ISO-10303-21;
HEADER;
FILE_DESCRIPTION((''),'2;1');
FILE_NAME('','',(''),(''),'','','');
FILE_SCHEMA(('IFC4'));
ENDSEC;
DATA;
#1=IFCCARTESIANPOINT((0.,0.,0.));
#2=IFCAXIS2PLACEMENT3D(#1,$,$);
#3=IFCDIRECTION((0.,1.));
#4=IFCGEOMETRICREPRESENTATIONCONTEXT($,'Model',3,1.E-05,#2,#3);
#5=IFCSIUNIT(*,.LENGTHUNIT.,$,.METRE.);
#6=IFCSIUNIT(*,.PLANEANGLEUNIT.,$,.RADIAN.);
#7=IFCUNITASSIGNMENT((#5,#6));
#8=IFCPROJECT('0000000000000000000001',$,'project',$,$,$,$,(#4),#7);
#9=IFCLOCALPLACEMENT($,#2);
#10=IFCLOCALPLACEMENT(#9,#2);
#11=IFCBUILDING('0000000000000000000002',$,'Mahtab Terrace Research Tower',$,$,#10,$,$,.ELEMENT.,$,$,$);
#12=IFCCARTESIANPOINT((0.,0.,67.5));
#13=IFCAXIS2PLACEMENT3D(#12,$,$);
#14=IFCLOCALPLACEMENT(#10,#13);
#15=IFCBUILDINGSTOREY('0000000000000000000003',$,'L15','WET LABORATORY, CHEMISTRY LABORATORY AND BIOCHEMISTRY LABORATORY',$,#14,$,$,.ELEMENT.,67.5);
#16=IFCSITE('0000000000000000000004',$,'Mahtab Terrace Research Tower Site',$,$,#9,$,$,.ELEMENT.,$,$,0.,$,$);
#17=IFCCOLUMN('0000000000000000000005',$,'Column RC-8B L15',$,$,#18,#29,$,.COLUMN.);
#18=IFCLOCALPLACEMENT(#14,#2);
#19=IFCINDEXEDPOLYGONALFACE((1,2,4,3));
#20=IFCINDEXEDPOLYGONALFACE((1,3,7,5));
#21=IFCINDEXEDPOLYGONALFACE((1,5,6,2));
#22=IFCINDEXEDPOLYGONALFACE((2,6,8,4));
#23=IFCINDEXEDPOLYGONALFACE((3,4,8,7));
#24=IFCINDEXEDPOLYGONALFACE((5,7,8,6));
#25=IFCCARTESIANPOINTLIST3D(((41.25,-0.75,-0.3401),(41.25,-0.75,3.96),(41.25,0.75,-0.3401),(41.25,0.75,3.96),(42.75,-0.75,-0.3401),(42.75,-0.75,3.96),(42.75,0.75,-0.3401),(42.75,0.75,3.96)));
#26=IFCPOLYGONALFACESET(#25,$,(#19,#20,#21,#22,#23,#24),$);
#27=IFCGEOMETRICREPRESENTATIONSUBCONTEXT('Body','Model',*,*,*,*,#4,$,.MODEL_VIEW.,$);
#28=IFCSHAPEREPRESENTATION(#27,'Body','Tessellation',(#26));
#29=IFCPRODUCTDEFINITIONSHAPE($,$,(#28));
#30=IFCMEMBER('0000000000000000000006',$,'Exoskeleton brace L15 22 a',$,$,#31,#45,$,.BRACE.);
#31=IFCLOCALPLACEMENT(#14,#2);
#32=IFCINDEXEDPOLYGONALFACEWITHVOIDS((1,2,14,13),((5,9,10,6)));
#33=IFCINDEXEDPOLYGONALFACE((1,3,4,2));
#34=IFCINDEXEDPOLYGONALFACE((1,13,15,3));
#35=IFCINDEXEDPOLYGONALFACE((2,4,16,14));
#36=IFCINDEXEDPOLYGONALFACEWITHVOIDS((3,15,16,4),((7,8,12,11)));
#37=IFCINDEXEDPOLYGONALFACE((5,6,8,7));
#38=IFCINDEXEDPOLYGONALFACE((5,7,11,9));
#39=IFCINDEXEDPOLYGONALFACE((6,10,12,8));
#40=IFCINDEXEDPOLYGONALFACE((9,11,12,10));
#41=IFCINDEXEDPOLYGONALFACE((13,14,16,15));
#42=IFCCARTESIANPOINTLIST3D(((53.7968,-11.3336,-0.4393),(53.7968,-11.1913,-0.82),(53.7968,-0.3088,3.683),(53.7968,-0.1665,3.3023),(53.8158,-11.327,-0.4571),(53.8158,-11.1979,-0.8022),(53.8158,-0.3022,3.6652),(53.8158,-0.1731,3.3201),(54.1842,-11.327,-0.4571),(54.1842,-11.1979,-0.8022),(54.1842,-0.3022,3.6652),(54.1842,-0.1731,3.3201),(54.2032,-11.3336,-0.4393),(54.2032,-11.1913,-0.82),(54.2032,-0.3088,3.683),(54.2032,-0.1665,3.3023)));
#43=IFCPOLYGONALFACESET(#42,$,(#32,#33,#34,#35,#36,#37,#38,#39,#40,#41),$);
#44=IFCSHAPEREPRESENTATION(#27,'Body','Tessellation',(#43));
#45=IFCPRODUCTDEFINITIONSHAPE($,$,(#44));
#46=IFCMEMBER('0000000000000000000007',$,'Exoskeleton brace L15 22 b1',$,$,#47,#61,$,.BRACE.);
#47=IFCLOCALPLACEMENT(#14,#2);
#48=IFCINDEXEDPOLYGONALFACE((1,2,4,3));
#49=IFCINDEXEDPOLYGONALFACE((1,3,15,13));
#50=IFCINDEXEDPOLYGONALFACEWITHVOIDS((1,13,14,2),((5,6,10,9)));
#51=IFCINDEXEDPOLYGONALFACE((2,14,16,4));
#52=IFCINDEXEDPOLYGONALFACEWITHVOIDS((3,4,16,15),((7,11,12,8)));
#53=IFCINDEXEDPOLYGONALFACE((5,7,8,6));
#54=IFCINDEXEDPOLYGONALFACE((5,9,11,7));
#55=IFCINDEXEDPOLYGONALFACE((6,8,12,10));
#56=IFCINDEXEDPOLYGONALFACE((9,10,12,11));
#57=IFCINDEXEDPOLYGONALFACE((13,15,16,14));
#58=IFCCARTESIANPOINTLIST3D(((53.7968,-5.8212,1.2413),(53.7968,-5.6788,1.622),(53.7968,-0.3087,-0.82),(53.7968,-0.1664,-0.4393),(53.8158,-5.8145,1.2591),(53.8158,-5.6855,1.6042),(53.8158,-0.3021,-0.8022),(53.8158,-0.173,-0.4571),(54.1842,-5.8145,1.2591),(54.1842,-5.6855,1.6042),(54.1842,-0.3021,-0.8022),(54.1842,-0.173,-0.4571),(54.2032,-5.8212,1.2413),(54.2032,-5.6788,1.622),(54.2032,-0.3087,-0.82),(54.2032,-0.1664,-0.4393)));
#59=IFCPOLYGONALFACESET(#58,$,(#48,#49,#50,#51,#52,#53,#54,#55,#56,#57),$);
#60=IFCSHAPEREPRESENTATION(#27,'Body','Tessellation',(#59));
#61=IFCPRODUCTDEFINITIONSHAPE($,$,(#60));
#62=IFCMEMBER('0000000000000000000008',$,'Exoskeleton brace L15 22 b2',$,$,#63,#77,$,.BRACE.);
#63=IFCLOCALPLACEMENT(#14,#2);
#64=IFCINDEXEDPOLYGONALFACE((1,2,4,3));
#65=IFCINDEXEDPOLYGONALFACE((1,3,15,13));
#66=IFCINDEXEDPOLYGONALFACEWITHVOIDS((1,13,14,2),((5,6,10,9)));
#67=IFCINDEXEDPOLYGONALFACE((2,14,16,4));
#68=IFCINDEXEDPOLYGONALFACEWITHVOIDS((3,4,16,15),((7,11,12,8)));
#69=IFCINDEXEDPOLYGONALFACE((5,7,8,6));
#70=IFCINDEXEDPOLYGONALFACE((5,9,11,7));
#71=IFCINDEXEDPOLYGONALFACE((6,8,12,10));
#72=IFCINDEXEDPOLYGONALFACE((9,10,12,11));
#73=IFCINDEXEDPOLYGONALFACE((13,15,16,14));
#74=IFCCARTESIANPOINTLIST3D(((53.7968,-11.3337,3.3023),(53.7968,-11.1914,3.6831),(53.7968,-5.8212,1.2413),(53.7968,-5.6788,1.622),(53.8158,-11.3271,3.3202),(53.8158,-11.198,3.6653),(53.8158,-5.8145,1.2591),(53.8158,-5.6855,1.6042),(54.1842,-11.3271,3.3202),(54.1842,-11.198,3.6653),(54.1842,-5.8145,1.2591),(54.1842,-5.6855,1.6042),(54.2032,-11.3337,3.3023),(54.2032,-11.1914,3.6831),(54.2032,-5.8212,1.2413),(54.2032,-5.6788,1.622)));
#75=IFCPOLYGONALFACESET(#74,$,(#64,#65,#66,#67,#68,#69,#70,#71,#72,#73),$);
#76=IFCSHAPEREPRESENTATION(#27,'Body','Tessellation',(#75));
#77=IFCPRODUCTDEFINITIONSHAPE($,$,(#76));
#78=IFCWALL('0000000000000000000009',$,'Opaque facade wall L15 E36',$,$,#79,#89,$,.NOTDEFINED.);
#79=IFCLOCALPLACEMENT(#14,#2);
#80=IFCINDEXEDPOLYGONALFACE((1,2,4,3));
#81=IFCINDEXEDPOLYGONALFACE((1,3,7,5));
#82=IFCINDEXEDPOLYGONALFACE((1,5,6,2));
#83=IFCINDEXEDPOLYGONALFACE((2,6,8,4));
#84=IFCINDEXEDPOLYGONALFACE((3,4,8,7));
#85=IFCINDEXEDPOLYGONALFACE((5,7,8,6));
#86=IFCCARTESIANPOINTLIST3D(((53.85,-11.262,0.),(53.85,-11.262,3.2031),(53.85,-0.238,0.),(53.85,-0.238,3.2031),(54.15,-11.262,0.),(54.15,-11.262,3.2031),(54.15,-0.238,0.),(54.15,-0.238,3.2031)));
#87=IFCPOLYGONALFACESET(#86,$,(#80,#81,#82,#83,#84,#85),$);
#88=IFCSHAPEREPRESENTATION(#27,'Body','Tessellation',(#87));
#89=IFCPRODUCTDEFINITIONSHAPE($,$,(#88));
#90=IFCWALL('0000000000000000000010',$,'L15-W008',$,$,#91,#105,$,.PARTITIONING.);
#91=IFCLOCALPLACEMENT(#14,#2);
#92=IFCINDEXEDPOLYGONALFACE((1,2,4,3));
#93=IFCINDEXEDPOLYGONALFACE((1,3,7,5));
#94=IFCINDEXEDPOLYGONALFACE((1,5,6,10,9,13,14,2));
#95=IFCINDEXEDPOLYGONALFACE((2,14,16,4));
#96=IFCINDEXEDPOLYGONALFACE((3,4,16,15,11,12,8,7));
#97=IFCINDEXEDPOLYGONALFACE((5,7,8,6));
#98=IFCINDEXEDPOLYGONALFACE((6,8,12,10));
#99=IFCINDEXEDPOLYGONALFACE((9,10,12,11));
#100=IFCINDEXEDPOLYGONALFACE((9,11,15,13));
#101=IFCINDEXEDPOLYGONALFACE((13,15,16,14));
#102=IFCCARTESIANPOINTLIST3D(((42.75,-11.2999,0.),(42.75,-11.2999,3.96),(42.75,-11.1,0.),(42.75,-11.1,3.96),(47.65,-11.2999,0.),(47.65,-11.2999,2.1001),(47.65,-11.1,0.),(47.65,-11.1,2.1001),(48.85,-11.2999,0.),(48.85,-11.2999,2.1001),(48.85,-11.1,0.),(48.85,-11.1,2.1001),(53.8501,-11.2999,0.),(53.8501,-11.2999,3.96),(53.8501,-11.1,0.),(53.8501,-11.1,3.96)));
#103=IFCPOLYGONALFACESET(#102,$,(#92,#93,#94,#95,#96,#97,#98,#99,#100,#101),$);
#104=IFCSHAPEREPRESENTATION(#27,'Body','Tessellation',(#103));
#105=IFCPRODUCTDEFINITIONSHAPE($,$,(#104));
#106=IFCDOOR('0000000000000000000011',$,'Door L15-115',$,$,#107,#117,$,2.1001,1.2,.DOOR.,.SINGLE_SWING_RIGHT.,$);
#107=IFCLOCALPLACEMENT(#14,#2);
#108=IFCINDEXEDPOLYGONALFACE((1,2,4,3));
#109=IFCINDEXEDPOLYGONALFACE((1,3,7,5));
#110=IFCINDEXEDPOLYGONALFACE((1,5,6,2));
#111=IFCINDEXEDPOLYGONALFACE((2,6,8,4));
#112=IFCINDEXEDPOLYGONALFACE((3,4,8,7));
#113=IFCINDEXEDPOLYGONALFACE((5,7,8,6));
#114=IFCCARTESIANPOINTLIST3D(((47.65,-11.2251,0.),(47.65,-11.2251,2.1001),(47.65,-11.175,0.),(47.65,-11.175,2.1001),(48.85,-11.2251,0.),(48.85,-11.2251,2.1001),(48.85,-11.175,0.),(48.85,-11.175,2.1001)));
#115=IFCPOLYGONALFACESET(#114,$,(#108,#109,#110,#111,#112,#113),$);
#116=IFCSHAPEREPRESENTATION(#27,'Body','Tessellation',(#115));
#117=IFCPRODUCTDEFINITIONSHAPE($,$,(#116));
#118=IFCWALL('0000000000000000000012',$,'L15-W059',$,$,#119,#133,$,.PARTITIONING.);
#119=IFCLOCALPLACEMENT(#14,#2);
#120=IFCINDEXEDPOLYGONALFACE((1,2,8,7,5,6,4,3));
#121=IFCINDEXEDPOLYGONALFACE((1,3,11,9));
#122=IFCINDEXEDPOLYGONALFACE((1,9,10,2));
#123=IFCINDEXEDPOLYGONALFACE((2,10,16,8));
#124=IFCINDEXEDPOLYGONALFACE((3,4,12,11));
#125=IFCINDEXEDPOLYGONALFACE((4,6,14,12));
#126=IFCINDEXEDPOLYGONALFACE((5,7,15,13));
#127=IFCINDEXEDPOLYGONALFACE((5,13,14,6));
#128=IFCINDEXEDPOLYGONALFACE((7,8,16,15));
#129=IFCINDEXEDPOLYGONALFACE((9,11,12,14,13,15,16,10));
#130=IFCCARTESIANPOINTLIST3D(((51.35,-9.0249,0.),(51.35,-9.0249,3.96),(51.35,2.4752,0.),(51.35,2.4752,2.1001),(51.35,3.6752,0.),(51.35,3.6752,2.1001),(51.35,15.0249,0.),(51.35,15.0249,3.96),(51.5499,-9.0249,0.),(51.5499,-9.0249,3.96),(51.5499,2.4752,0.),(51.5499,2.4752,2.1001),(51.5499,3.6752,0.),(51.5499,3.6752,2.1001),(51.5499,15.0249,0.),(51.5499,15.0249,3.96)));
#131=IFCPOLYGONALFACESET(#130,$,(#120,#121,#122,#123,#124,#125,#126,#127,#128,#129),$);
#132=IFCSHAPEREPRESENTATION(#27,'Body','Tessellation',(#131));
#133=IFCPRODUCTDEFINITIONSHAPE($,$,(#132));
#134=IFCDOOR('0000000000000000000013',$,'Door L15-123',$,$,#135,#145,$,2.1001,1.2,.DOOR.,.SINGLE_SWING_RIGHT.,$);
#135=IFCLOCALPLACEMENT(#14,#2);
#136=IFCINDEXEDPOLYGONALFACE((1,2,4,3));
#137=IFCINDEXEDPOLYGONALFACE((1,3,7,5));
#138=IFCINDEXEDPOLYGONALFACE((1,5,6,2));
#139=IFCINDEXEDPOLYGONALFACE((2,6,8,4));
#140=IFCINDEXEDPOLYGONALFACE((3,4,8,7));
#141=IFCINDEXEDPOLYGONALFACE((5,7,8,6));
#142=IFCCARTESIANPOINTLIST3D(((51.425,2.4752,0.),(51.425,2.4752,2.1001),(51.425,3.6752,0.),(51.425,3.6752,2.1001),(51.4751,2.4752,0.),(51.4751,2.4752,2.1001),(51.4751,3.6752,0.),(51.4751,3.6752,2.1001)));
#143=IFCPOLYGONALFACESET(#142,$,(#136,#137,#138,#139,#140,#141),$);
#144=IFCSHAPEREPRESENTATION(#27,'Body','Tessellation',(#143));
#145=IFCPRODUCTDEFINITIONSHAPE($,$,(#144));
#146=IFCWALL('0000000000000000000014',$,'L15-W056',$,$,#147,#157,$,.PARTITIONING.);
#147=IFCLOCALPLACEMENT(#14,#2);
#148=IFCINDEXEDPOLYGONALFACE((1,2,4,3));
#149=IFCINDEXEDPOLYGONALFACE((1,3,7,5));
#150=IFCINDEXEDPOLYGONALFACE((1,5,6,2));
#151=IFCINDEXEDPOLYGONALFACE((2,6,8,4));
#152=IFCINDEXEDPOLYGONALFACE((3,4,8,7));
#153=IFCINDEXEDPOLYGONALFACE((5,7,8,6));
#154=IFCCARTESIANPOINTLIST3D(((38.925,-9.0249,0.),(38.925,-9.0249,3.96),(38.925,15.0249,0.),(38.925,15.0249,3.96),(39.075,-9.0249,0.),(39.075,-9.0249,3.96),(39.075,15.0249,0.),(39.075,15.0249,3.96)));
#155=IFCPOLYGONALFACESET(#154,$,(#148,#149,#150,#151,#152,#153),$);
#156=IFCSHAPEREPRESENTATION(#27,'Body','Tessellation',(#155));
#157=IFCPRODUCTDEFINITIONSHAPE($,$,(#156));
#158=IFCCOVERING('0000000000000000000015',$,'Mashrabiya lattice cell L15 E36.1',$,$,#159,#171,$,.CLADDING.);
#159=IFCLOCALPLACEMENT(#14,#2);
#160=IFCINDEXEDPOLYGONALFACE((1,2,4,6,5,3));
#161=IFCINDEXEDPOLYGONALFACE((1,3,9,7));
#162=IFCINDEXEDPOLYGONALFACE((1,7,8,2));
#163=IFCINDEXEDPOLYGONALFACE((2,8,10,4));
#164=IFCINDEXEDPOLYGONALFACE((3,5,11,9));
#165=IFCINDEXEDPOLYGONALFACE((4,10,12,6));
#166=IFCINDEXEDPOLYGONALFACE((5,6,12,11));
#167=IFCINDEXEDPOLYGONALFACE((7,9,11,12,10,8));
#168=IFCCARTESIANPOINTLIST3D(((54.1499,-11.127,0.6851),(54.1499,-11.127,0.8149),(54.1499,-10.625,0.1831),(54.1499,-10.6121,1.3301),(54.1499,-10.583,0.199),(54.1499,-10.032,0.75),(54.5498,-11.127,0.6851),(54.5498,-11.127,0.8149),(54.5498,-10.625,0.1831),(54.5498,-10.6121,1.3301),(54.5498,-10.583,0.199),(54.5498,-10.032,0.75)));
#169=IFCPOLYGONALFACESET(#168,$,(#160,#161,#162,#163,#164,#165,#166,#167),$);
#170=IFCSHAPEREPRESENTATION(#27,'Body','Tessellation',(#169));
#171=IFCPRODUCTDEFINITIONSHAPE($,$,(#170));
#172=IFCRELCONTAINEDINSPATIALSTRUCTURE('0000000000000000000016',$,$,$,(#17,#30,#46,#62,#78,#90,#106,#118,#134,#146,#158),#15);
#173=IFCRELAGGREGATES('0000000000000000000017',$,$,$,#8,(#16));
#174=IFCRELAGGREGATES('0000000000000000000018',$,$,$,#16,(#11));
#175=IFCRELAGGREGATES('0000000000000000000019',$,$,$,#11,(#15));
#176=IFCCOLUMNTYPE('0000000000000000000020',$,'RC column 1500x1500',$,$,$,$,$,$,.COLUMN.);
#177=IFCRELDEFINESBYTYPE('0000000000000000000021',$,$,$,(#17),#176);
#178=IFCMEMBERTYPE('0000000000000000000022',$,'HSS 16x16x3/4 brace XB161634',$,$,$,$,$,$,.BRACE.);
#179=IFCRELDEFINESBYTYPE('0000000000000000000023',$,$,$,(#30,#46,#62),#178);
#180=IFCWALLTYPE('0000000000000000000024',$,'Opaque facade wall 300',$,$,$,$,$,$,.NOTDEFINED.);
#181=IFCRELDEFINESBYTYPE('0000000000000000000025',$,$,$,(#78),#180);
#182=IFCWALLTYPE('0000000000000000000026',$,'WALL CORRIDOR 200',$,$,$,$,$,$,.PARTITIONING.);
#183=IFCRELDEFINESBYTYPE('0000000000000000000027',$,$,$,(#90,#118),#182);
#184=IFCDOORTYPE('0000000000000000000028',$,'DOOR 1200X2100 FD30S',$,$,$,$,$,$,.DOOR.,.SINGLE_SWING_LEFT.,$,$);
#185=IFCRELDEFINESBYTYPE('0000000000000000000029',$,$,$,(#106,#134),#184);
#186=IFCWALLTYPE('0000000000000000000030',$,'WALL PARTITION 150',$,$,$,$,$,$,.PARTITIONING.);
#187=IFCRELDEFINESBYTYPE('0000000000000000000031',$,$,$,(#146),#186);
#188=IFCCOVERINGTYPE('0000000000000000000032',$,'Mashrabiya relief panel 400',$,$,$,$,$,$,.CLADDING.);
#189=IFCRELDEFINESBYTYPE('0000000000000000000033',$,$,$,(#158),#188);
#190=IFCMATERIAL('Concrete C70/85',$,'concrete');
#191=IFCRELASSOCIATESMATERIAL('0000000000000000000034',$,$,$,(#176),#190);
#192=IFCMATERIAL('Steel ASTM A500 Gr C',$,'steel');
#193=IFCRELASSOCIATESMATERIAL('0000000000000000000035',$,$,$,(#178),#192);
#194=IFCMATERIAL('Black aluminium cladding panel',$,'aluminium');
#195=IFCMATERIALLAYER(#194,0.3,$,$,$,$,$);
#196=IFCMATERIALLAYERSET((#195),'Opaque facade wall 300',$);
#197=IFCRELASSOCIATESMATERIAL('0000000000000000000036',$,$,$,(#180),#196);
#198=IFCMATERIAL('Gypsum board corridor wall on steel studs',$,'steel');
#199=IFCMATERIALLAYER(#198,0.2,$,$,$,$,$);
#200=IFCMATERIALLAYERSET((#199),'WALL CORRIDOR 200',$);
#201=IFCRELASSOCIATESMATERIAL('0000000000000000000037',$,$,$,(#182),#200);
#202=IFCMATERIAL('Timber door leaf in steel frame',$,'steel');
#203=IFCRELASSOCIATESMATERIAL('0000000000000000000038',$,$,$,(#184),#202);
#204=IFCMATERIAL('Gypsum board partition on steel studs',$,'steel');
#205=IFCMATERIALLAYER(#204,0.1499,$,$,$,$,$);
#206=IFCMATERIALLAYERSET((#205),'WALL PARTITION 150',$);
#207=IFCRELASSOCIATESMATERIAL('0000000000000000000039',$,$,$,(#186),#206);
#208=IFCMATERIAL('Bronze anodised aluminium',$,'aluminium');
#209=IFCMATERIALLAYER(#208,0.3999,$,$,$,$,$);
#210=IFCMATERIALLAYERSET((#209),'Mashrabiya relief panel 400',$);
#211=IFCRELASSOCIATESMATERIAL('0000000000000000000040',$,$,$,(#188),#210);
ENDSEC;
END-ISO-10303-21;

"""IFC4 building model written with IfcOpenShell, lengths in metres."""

from ifc_helpers import new_model, si_unit, direction, frame, frame_2d, origin, origin_2d, place, context, subcontext, project, spatial, polyline, rectangle, hollow_rectangle, outline, extrude, material, layer, layer_set, material_profile, profile_set, type_object, element, fill, save


model = new_model("IFC4")

# Units and contexts
model_context = context("Model", 3, precision=1e-05, world=origin(), true_north=direction((0.0, 1.0)))
body_context = subcontext(model_context, "Body", "Model", "MODEL_VIEW")
ifc_project = project(units=[si_unit("LENGTHUNIT", "METRE"), si_unit("PLANEANGLEUNIT", "RADIAN")], contexts=[model_context])

# Site, building, storey
site_placement = place(None, origin())
site = spatial("IfcSite", under=ifc_project, at=site_placement, Name="Mahtab Terrace Research Tower Site", CompositionType="ELEMENT", RefElevation=0.0)
building_placement = place(site_placement, origin())
building = spatial("IfcBuilding", under=site, at=building_placement, Name="Mahtab Terrace Research Tower", CompositionType="ELEMENT")
storey_placement = place(building_placement, frame((0.0, 0.0, 67.5)))
storey = spatial("IfcBuildingStorey", under=building, at=storey_placement, Name="L15", Description="WET LABORATORY, CHEMISTRY LABORATORY AND BIOCHEMISTRY LABORATORY", CompositionType="ELEMENT", Elevation=67.5)

# Column
ifc_material_1 = material(Name="Concrete C70/85", Category="concrete")
ifc_material_profile_1 = material_profile(ifc_material_1, rectangle(XDim=1.5, YDim=1.5, at=origin_2d()), Name="RC column 1500x1500")
ifc_profile_set_1 = profile_set([ifc_material_profile_1], Name="Concrete C70/85")
column_type = type_object("IfcColumnType", Name="RC column 1500x1500", PredefinedType="COLUMN", material=ifc_profile_set_1)
column_placement = place(storey_placement, frame((42.0, 0.0, -0.3401), z_axis=(0.0, 0.0, 1.0), x_axis=(1.0, 0.0, 0.0)))
element("IfcColumn", 1, at=column_placement, inside=storey, type_object=column_type, Name="Column RC-8B L15", PredefinedType="COLUMN", context=body_context, shape_type="SweptSolid", body=[
    extrude(rectangle(XDim=1.5, YDim=1.5, at=origin_2d()), origin(), (0.0, 0.0, 1.0), 4.3),
])

# Members
ifc_material_2 = material(Name="Steel ASTM A500 Gr C", Category="steel")
ifc_material_profile_2 = material_profile(ifc_material_2, hollow_rectangle(XDim=0.4065, YDim=0.4065, WallThickness=0.019, at=origin_2d()), Name="HSS16X16X3/4")
ifc_profile_set_2 = profile_set([ifc_material_profile_2], Name="Steel ASTM A500 Gr C")
member_type = type_object("IfcMemberType", Name="HSS 16x16x3/4 brace XB161634", PredefinedType="BRACE", material=ifc_profile_set_2)
member_placement = place(storey_placement, frame((54.0, -11.2625, -0.6296), z_axis=(0.0, 0.936665, 0.350228), x_axis=(-1.0, 0.0, 0.0)))
element("IfcMember", 2, at=member_placement, inside=storey, type_object=member_type, Name="Exoskeleton brace L15 22 a", PredefinedType="BRACE", context=body_context, shape_type="SweptSolid", body=[
    extrude(hollow_rectangle(XDim=0.4065, YDim=0.4065, WallThickness=0.019, at=origin_2d()), origin(), (0.0, 0.0, 1.0), 11.7703),
])
for number, where, z_axis, x_axis, name in (
    (3, (54.0, -0.2375, -0.6296), (0.0, -0.936658, 0.350246), (1.0, 0.0, 0.0), "Exoskeleton brace L15 22 b1"),
    (4, (54.0, -5.75, 1.4316), (0.0, -0.936671, 0.350209), (1.0, 0.0, 0.0), "Exoskeleton brace L15 22 b2"),
):
    element("IfcMember", number, at=place(storey_placement, frame(where, z_axis=z_axis, x_axis=x_axis)), inside=storey, type_object=member_type, Name=name, PredefinedType="BRACE", context=body_context, shape_type="SweptSolid", body=[
        extrude(hollow_rectangle(XDim=0.4065, YDim=0.4065, WallThickness=0.019, at=origin_2d()), origin(), (0.0, 0.0, 1.0), 5.8853),
    ])

# Wall
ifc_material_3 = material(Name="Black aluminium cladding panel", Category="aluminium")
ifc_layer_1 = layer(ifc_material_3, 0.3)
ifc_layer_set_1 = layer_set([ifc_layer_1], Name="Opaque facade wall 300")
wall_type_1 = type_object("IfcWallType", Name="Opaque facade wall 300", PredefinedType="NOTDEFINED", material=ifc_layer_set_1)
wall_1_placement = place(storey_placement, frame((54.0, -11.262, 0.0), z_axis=(0.0, 0.0, 1.0), x_axis=(0.0, 1.0, 0.0)))
element("IfcWall", 5, at=wall_1_placement, inside=storey, type_object=wall_type_1, Name="Opaque facade wall L15 E36", PredefinedType="NOTDEFINED", context=body_context, shape_type="SweptSolid", body=[
    extrude(rectangle(XDim=11.0239, YDim=0.3, at=frame_2d((5.512, 0.0))), origin(), (0.0, 0.0, 1.0), 3.2031),
])

# Walls, openings, doors
ifc_material_4 = material(Name="Gypsum board corridor wall on steel studs", Category="steel")
ifc_layer_2 = layer(ifc_material_4, 0.2)
ifc_layer_set_2 = layer_set([ifc_layer_2], Name="WALL CORRIDOR 200")
wall_type_2 = type_object("IfcWallType", Name="WALL CORRIDOR 200", PredefinedType="PARTITIONING", material=ifc_layer_set_2)
wall_2_placement = place(storey_placement, frame((42.75, -11.2, 0.0), z_axis=(0.0, 0.0, 1.0), x_axis=(1.0, 0.0, 0.0)))
wall_2 = element("IfcWall", 6, at=wall_2_placement, inside=storey, type_object=wall_type_2, Name="L15-W008", PredefinedType="PARTITIONING", context=body_context, shape_type="SweptSolid", body=[
    extrude(rectangle(XDim=11.1001, YDim=0.2, at=frame_2d((5.55, 0.0))), origin(), (0.0, 0.0, 1.0), 3.96),
])
opening_1_placement = place(wall_2_placement, frame((4.8999, 0.0, 0.0)))
opening_1 = element("IfcOpeningElement", 7, at=opening_1_placement, cuts=wall_2, PredefinedType="OPENING", context=body_context, shape_type="SweptSolid", body=[
    extrude(rectangle(XDim=1.2, YDim=2.1001, at=frame_2d((0.6001, 1.05))), frame((0.0, 0.1099, 0.0), z_axis=(0.0, -1.0, 0.0), x_axis=(1.0, 0.0, 0.0)), (0.0, 0.0, 1.0), 0.22),
])
ifc_material_5 = material(Name="Timber door leaf in steel frame", Category="steel")
door_type = type_object("IfcDoorType", Name="DOOR 1200X2100 FD30S", OperationType="SINGLE_SWING_LEFT", PredefinedType="DOOR", material=ifc_material_5)
door_1_placement = place(opening_1_placement, origin())
door_1 = element("IfcDoor", 8, at=door_1_placement, inside=storey, type_object=door_type, Name="Door L15-115", OperationType="SINGLE_SWING_RIGHT", OverallHeight=2.1001, OverallWidth=1.2, PredefinedType="DOOR", context=body_context, shape_type="SweptSolid", body=[
    extrude(rectangle(XDim=1.2, YDim=2.1001, at=frame_2d((0.6001, 1.05))), frame((0.0, 0.0249, 0.0), z_axis=(0.0, -1.0, 0.0), x_axis=(1.0, 0.0, 0.0)), (0.0, 0.0, 1.0), 0.05),
])
fill(opening_1, door_1)
wall_3_placement = place(storey_placement, frame((51.45, -9.0249, 0.0), z_axis=(0.0, 0.0, 1.0), x_axis=(0.0, 1.0, 0.0)))
wall_3 = element("IfcWall", 9, at=wall_3_placement, inside=storey, type_object=wall_type_2, Name="L15-W059", PredefinedType="PARTITIONING", context=body_context, shape_type="SweptSolid", body=[
    extrude(rectangle(XDim=24.0498, YDim=0.2, at=frame_2d((12.0249, 0.0))), origin(), (0.0, 0.0, 1.0), 3.96),
])
opening_2_placement = place(wall_3_placement, frame((11.5, 0.0, 0.0)))
opening_2 = element("IfcOpeningElement", 10, at=opening_2_placement, cuts=wall_3, PredefinedType="OPENING", context=body_context, shape_type="SweptSolid", body=[
    extrude(rectangle(XDim=1.2, YDim=2.1001, at=frame_2d((0.6001, 1.05))), frame((0.0, 0.1099, 0.0), z_axis=(0.0, -1.0, 0.0), x_axis=(1.0, 0.0, 0.0)), (0.0, 0.0, 1.0), 0.22),
])
door_2_placement = place(opening_2_placement, origin())
door_2 = element("IfcDoor", 11, at=door_2_placement, inside=storey, type_object=door_type, Name="Door L15-123", OperationType="SINGLE_SWING_RIGHT", OverallHeight=2.1001, OverallWidth=1.2, PredefinedType="DOOR", context=body_context, shape_type="SweptSolid", body=[
    extrude(rectangle(XDim=1.2, YDim=2.1001, at=frame_2d((0.6001, 1.05))), frame((0.0, 0.0249, 0.0), z_axis=(0.0, -1.0, 0.0), x_axis=(1.0, 0.0, 0.0)), (0.0, 0.0, 1.0), 0.05),
])
fill(opening_2, door_2)

# Wall
ifc_material_6 = material(Name="Gypsum board partition on steel studs", Category="steel")
ifc_layer_3 = layer(ifc_material_6, 0.1499)
ifc_layer_set_3 = layer_set([ifc_layer_3], Name="WALL PARTITION 150")
wall_type_3 = type_object("IfcWallType", Name="WALL PARTITION 150", PredefinedType="PARTITIONING", material=ifc_layer_set_3)
wall_4_placement = place(storey_placement, frame((39.0, -9.0249, 0.0), z_axis=(0.0, 0.0, 1.0), x_axis=(0.0, 1.0, 0.0)))
element("IfcWall", 12, at=wall_4_placement, inside=storey, type_object=wall_type_3, Name="L15-W056", PredefinedType="PARTITIONING", context=body_context, shape_type="SweptSolid", body=[
    extrude(rectangle(XDim=24.0498, YDim=0.1499, at=frame_2d((12.0249, 0.0))), origin(), (0.0, 0.0, 1.0), 3.96),
])

# Covering
ifc_material_7 = material(Name="Bronze anodised aluminium", Category="aluminium")
ifc_layer_4 = layer(ifc_material_7, 0.3999)
ifc_layer_set_4 = layer_set([ifc_layer_4], Name="Mashrabiya relief panel 400")
covering_type = type_object("IfcCoveringType", Name="Mashrabiya relief panel 400", PredefinedType="CLADDING", material=ifc_layer_set_4)
covering_1_placement = place(storey_placement, frame((54.1499, -11.127, 0.6851), z_axis=(-1.0, 0.0, 0.0), x_axis=(0.0, 0.0, 1.0)))
element("IfcCovering", 13, at=covering_1_placement, inside=storey, type_object=covering_type, Name="Mashrabiya lattice cell L15 E36.1", PredefinedType="CLADDING", context=body_context, shape_type="SweptSolid", body=[
    extrude(outline(polyline([(0.0, 0.0), (0.1299, 0.0), (0.645, 0.5149), (0.0649, 1.095), (-0.4861, 0.5439), (-0.502, 0.502), (0.0, 0.0)])), origin(), (0.0, 0.0, -1.0), 0.3999),
])

save(model, "model.ifc")
